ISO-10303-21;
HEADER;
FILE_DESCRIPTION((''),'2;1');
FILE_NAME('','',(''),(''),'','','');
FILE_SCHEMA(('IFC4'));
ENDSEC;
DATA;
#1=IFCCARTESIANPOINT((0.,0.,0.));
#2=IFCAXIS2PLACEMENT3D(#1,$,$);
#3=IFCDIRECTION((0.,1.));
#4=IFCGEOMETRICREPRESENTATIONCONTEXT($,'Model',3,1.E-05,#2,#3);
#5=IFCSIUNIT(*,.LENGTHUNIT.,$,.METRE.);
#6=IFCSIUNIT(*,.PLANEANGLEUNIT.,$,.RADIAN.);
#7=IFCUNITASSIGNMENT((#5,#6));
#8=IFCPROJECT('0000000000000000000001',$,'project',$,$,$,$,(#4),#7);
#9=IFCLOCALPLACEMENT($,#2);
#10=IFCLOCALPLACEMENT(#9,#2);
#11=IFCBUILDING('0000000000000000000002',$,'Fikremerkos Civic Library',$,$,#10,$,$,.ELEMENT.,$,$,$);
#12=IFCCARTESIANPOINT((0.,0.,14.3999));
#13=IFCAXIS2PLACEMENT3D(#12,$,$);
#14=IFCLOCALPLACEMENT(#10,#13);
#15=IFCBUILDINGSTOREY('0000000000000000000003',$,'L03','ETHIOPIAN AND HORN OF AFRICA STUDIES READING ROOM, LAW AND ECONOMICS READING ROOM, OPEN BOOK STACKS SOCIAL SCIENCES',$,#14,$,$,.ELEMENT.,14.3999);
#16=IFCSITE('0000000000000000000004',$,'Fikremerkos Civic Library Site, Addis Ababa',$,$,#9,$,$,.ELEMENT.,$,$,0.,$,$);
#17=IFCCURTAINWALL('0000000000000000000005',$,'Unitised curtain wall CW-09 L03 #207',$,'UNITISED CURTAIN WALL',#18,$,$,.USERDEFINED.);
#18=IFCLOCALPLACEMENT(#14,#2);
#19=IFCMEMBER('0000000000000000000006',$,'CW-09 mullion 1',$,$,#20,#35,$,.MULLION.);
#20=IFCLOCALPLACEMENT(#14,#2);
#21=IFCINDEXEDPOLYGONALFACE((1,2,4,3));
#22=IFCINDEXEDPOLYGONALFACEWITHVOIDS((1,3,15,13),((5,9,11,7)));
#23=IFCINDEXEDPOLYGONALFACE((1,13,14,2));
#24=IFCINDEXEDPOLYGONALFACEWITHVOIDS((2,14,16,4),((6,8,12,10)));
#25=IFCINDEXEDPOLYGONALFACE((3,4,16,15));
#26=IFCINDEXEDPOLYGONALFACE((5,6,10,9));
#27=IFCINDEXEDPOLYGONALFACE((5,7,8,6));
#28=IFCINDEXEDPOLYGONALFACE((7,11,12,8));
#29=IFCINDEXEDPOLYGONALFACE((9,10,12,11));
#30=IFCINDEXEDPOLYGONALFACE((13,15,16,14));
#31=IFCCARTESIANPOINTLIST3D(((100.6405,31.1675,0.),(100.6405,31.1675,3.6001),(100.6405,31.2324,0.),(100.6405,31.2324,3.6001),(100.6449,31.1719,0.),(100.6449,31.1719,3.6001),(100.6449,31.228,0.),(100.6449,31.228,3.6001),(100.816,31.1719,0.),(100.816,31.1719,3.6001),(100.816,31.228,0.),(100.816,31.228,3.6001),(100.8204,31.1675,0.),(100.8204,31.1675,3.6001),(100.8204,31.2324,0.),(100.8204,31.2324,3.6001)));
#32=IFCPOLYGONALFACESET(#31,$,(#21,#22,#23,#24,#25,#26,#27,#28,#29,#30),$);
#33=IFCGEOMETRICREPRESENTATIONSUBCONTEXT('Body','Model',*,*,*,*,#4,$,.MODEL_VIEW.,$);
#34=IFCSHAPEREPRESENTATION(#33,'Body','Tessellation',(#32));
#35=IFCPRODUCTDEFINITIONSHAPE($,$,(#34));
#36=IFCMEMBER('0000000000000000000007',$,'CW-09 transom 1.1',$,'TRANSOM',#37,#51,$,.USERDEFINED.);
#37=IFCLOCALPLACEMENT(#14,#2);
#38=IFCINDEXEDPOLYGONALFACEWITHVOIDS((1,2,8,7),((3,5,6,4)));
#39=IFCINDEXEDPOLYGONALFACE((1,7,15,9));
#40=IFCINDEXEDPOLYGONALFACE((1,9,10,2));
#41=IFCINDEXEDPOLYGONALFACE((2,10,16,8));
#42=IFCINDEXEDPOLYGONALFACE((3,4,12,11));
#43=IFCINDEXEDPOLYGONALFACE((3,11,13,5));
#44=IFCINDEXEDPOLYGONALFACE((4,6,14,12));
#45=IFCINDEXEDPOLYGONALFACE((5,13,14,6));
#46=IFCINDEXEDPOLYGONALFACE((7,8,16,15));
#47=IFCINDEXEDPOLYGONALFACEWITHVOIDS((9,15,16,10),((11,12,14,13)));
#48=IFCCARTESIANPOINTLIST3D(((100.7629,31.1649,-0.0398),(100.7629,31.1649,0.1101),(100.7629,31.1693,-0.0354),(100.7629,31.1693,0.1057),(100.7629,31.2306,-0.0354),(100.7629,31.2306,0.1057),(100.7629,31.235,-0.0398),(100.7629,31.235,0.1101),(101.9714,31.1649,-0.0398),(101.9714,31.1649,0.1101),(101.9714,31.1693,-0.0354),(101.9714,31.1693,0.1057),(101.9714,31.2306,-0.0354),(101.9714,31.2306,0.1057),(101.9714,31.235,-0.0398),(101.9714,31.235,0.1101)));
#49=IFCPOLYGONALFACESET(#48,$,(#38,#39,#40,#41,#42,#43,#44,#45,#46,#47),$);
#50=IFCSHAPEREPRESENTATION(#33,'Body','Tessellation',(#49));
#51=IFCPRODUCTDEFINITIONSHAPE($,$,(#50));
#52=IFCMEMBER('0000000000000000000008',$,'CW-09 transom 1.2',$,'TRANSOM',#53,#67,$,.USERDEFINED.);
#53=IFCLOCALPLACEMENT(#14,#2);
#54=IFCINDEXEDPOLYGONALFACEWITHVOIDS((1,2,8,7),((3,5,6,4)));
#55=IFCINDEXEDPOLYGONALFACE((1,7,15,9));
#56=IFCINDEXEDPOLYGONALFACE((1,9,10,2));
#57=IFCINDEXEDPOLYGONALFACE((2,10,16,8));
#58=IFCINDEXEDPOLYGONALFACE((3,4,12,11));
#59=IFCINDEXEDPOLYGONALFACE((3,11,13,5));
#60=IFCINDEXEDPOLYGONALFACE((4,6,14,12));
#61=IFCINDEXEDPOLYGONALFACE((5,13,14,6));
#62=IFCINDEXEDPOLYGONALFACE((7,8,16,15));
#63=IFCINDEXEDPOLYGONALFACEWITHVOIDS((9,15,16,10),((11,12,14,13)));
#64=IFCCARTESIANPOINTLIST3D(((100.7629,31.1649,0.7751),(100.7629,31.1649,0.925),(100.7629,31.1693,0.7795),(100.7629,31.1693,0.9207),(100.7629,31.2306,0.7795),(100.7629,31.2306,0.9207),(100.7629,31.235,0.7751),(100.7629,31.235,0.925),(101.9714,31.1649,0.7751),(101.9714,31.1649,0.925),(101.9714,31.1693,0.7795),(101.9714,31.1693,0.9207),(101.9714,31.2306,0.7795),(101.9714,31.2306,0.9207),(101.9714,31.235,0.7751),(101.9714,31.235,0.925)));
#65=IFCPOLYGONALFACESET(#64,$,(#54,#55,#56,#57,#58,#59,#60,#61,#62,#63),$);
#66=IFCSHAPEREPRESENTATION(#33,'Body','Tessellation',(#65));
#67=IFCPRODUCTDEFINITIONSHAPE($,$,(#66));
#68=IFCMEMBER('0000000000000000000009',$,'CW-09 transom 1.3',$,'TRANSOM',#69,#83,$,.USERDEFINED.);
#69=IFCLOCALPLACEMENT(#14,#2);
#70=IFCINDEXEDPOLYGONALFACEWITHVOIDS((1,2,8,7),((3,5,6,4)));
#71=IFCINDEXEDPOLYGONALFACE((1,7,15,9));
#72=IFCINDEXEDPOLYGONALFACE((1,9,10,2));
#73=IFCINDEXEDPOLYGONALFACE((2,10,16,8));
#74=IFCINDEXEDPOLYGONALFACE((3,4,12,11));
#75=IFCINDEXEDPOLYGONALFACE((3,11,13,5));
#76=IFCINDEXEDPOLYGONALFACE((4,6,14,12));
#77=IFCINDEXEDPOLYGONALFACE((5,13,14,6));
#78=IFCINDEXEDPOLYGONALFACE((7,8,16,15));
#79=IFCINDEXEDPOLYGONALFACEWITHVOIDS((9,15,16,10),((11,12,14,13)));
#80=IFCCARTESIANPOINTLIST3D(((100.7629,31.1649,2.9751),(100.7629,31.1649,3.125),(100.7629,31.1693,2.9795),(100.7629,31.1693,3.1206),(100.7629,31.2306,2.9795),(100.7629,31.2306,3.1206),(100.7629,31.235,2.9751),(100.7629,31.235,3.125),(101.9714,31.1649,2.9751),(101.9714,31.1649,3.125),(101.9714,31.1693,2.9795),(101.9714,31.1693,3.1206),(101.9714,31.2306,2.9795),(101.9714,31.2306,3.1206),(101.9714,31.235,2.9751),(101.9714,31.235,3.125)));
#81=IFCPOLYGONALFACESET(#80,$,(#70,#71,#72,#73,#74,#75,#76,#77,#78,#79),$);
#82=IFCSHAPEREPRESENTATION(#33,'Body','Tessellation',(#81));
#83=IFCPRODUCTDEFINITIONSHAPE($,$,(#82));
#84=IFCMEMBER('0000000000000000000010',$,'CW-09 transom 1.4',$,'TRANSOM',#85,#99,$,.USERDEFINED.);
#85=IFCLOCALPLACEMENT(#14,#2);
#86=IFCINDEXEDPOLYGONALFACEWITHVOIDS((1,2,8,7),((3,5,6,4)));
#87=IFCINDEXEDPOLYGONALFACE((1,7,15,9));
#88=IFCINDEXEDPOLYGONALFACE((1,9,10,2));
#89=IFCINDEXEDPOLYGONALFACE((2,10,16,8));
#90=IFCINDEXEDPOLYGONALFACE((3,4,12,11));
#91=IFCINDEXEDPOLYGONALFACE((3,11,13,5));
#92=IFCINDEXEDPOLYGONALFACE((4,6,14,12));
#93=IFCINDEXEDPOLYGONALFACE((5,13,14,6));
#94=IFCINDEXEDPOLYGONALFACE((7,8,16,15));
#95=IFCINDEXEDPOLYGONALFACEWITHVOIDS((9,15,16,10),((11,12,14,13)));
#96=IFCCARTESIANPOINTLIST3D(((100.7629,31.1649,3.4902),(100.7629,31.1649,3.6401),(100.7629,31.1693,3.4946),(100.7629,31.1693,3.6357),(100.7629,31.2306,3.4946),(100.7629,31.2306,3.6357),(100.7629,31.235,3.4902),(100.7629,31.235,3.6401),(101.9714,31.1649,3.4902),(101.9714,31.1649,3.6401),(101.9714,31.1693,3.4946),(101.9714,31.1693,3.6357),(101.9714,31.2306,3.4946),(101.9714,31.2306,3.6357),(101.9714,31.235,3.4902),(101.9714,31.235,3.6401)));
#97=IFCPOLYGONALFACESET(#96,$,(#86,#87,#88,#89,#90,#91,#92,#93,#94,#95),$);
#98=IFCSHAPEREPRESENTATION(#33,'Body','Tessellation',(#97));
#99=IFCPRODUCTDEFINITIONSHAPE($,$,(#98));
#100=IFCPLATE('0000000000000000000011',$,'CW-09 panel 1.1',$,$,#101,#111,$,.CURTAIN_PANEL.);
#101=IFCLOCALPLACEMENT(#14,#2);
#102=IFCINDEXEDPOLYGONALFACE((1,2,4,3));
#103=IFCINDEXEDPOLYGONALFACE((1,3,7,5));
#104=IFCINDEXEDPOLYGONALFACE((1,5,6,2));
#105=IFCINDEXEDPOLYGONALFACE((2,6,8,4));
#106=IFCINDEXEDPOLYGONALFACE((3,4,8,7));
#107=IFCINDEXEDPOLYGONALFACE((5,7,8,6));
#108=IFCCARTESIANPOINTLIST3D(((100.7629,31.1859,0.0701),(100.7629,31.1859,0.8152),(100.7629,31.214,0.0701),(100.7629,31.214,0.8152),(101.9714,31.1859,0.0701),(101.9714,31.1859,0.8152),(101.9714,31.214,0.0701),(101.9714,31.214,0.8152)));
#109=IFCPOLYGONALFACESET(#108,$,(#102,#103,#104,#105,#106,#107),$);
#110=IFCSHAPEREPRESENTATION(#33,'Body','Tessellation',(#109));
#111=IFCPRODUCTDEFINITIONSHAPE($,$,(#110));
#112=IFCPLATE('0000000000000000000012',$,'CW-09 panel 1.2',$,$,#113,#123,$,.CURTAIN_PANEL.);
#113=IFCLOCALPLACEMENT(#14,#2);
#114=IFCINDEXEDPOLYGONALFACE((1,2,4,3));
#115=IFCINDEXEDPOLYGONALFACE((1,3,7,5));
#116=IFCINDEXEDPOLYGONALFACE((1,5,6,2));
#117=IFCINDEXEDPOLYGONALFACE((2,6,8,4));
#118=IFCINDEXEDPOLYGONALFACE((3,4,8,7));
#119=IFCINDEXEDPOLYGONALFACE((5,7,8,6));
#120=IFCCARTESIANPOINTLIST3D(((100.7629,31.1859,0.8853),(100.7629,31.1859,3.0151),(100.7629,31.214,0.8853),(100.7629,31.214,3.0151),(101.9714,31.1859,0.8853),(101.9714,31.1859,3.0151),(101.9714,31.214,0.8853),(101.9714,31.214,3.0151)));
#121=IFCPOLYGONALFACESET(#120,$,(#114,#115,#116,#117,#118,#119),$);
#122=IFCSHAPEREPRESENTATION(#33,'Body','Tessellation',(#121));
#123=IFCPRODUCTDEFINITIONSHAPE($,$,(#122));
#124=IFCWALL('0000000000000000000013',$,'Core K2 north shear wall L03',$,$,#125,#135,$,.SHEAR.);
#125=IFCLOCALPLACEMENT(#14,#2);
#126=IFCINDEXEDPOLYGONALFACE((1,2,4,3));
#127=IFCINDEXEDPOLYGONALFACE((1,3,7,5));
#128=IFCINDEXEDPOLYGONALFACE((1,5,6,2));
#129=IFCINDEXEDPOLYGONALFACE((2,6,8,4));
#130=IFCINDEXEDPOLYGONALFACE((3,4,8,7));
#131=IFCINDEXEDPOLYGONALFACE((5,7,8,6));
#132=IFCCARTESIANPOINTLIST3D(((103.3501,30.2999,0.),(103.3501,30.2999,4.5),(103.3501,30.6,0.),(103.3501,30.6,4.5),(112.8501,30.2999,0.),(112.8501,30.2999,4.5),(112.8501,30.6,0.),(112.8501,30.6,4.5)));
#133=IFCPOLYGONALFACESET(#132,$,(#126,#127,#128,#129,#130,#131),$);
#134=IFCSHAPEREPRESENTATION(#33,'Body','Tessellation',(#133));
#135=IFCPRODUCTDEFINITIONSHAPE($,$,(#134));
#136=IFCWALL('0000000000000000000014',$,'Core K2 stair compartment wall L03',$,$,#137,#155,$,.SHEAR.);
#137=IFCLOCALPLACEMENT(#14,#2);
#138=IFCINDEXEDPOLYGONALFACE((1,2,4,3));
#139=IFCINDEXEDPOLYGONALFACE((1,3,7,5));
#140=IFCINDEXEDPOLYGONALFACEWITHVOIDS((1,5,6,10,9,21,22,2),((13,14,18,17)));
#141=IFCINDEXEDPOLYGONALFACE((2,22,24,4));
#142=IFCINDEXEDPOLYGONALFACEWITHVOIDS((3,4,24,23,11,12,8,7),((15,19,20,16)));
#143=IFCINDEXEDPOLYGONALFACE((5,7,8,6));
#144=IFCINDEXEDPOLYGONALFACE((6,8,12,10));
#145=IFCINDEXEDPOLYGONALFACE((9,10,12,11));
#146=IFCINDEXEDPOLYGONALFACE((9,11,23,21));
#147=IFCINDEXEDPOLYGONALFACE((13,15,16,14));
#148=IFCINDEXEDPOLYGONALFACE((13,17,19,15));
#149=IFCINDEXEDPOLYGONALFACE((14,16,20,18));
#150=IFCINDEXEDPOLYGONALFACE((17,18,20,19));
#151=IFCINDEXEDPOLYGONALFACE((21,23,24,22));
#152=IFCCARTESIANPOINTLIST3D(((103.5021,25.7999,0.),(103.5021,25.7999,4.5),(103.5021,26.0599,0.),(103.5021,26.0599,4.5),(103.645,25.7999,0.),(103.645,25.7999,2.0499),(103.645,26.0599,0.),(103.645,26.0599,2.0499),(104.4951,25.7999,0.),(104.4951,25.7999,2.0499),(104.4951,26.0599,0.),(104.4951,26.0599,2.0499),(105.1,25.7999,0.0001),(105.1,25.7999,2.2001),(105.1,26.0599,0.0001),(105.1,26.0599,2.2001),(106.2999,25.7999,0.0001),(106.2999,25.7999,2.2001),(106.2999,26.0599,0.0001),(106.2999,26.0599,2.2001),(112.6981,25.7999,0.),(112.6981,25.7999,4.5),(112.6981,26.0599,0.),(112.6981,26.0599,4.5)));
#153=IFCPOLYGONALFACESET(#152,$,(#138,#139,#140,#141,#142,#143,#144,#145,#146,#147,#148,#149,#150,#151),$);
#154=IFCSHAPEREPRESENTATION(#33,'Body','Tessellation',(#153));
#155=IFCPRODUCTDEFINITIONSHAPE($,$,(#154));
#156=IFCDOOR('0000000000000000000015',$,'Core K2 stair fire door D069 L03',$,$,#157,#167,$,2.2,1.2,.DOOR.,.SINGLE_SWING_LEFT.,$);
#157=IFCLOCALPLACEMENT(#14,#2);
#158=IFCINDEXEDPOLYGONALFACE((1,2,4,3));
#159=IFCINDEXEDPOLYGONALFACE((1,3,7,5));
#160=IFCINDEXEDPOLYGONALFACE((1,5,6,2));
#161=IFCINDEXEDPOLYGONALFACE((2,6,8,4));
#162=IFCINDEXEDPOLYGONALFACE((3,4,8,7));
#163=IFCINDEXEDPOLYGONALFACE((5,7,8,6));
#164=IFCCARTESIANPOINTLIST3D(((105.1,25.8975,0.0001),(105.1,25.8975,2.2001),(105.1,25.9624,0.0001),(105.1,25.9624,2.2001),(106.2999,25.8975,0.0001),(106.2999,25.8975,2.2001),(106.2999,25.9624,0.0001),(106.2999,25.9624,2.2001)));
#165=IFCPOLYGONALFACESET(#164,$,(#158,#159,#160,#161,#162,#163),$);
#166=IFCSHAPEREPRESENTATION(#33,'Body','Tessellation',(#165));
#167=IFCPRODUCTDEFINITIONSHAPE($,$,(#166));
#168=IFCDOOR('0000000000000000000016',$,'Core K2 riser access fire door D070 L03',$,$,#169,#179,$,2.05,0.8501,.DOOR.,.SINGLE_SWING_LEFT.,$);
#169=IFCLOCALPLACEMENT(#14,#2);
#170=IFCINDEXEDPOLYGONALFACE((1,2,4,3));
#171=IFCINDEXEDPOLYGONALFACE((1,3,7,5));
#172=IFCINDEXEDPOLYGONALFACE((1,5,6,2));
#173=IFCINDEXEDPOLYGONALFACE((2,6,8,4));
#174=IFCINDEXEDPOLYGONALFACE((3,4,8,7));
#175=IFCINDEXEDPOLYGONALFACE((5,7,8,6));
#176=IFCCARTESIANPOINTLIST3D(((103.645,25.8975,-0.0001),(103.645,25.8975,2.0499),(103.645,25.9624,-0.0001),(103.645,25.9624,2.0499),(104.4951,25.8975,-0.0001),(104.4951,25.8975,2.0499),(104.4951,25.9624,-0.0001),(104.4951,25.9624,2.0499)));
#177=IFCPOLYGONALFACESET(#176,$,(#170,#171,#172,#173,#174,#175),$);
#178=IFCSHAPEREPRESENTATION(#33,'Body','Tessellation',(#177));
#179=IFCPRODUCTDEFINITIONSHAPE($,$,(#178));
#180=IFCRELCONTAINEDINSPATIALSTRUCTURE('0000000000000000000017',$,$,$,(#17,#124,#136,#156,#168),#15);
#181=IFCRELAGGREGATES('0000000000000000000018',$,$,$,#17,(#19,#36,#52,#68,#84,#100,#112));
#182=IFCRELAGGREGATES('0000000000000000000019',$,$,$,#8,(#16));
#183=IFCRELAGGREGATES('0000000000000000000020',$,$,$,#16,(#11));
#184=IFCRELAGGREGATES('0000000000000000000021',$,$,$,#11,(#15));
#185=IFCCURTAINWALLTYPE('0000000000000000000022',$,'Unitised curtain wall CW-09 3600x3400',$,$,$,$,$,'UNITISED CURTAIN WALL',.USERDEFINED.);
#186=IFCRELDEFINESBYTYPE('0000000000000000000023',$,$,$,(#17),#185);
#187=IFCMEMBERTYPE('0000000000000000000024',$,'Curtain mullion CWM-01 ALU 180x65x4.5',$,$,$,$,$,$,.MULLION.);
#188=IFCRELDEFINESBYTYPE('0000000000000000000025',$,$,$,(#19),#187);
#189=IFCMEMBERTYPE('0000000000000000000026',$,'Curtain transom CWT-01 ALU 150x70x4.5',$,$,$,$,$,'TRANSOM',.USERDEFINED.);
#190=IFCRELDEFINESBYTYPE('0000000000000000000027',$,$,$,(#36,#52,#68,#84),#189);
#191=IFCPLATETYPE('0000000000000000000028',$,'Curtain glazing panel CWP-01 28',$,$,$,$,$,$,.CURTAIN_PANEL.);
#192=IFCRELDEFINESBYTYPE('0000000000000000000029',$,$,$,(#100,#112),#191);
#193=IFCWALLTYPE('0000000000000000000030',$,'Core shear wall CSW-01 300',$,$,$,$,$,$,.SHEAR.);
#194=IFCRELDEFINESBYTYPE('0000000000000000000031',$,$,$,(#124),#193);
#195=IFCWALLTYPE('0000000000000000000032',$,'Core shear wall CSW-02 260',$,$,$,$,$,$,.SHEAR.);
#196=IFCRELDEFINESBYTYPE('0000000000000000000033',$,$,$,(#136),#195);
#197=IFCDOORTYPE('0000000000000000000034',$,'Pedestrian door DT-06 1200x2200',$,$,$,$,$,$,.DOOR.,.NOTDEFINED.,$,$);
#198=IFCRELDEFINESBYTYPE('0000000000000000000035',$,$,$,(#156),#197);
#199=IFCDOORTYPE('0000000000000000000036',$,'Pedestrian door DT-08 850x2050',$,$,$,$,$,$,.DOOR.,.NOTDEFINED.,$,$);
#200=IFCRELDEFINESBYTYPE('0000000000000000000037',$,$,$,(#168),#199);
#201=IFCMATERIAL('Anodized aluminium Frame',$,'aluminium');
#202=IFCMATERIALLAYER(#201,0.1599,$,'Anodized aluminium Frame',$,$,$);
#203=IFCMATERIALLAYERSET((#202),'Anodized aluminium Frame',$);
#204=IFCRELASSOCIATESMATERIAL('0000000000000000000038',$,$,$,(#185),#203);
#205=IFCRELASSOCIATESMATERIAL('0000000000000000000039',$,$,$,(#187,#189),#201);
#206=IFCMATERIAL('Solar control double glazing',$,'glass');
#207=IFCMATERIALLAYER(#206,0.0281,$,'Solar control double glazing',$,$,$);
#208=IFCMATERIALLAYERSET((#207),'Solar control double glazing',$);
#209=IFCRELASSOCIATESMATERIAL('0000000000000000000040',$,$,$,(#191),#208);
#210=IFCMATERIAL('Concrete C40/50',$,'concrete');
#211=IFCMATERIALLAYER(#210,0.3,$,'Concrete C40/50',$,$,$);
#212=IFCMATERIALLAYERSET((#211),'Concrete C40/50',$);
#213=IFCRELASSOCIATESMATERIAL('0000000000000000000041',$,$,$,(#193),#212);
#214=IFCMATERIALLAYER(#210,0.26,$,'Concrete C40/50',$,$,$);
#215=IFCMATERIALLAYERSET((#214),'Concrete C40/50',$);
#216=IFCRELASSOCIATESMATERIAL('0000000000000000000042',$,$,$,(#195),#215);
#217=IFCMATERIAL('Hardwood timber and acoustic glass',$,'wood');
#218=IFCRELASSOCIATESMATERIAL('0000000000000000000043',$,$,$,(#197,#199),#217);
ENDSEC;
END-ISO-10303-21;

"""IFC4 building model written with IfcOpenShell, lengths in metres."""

from ifc_helpers import new_model, si_unit, direction, frame, frame_2d, origin, origin_2d, place, context, subcontext, project, spatial, rectangle, hollow_rectangle, extrude, material, layer, layer_set, material_profile, profile_set, type_object, element, fill, aggregate, save


model = new_model("IFC4")

# Units and contexts
model_context = context("Model", 3, precision=1e-05, world=origin(), true_north=direction((0.0, 1.0)))
body_context = subcontext(model_context, "Body", "Model", "MODEL_VIEW")
ifc_project = project(units=[si_unit("LENGTHUNIT", "METRE"), si_unit("PLANEANGLEUNIT", "RADIAN")], contexts=[model_context])

# Site, building, storey
site_placement = place(None, origin())
site = spatial("IfcSite", under=ifc_project, at=site_placement, Name="Fikremerkos Civic Library Site, Addis Ababa", CompositionType="ELEMENT", RefElevation=0.0)
building_placement = place(site_placement, origin())
building = spatial("IfcBuilding", under=site, at=building_placement, Name="Fikremerkos Civic Library", CompositionType="ELEMENT")
storey_placement = place(building_placement, frame((0.0, 0.0, 14.3999)))
storey = spatial("IfcBuildingStorey", under=building, at=storey_placement, Name="L03", Description="ETHIOPIAN AND HORN OF AFRICA STUDIES READING ROOM, LAW AND ECONOMICS READING ROOM, OPEN BOOK STACKS SOCIAL SCIENCES", CompositionType="ELEMENT", Elevation=14.3999)

# Curtain wall, members, plates
ifc_material_1 = material(Name="Anodized aluminium Frame", Category="aluminium")
ifc_layer_1 = layer(ifc_material_1, 0.1599, Name="Anodized aluminium Frame")
ifc_layer_set_1 = layer_set([ifc_layer_1], Name="Anodized aluminium Frame")
curtain_wall_type = type_object("IfcCurtainWallType", Name="Unitised curtain wall CW-09 3600x3400", ElementType="UNITISED CURTAIN WALL", PredefinedType="USERDEFINED", material=ifc_layer_set_1)
curtain_wall_placement = place(storey_placement, origin())
curtain_wall = element("IfcCurtainWall", 1, at=curtain_wall_placement, inside=storey, type_object=curtain_wall_type, Name="Unitised curtain wall CW-09 L03 #207", ObjectType="UNITISED CURTAIN WALL", PredefinedType="USERDEFINED")
ifc_material_profile_1 = material_profile(ifc_material_1, hollow_rectangle(XDim=0.0649, YDim=0.1799, WallThickness=0.0044, at=origin_2d()), Name="ALU 180x65x4.5")
ifc_profile_set_1 = profile_set([ifc_material_profile_1], Name="Anodized aluminium Frame")
member_type_1 = type_object("IfcMemberType", Name="Curtain mullion CWM-01 ALU 180x65x4.5", PredefinedType="MULLION", material=ifc_profile_set_1)
member_1_placement = place(storey_placement, frame((100.7305, 31.2, 0.0), z_axis=(0.0, 0.0, 1.0), x_axis=(0.0, 1.0, 0.0)))
member_1 = element("IfcMember", 2, at=member_1_placement, type_object=member_type_1, Name="CW-09 mullion 1", PredefinedType="MULLION", context=body_context, shape_type="SweptSolid", body=[
    extrude(hollow_rectangle(XDim=0.0649, YDim=0.1799, WallThickness=0.0044, at=origin_2d()), origin(), (0.0, 0.0, 1.0), 3.6001),
])
ifc_material_profile_2 = material_profile(ifc_material_1, hollow_rectangle(XDim=0.0701, YDim=0.1499, WallThickness=0.0044, at=origin_2d()), Name="ALU 150x70x4.5")
ifc_profile_set_2 = profile_set([ifc_material_profile_2], Name="Anodized aluminium Frame")
member_type_2 = type_object("IfcMemberType", Name="Curtain transom CWT-01 ALU 150x70x4.5", ElementType="TRANSOM", PredefinedType="USERDEFINED", material=ifc_profile_set_2)
member_2_placement = place(storey_placement, frame((100.7629, 31.2, 0.0352), z_axis=(1.0, 0.0, 0.0), x_axis=(0.0, 1.0, 0.0)))
member_2 = element("IfcMember", 3, at=member_2_placement, type_object=member_type_2, Name="CW-09 transom 1.1", ObjectType="TRANSOM", PredefinedType="USERDEFINED", context=body_context, shape_type="SweptSolid", body=[
    extrude(hollow_rectangle(XDim=0.0701, YDim=0.1499, WallThickness=0.0044, at=origin_2d()), origin(), (0.0, 0.0, 1.0), 1.2085),
])
member_3_placement = place(storey_placement, frame((100.7629, 31.2, 0.8501), z_axis=(1.0, 0.0, 0.0), x_axis=(0.0, 1.0, 0.0)))
member_3 = element("IfcMember", 4, at=member_3_placement, type_object=member_type_2, Name="CW-09 transom 1.2", ObjectType="TRANSOM", PredefinedType="USERDEFINED", context=body_context, shape_type="SweptSolid", body=[
    extrude(hollow_rectangle(XDim=0.0701, YDim=0.1499, WallThickness=0.0044, at=origin_2d()), origin(), (0.0, 0.0, 1.0), 1.2085),
])
member_4_placement = place(storey_placement, frame((100.7629, 31.2, 3.05), z_axis=(1.0, 0.0, 0.0), x_axis=(0.0, 1.0, 0.0)))
member_4 = element("IfcMember", 5, at=member_4_placement, type_object=member_type_2, Name="CW-09 transom 1.3", ObjectType="TRANSOM", PredefinedType="USERDEFINED", context=body_context, shape_type="SweptSolid", body=[
    extrude(hollow_rectangle(XDim=0.0701, YDim=0.1499, WallThickness=0.0044, at=origin_2d()), origin(), (0.0, 0.0, 1.0), 1.2085),
])
member_5_placement = place(storey_placement, frame((100.7629, 31.2, 3.5652), z_axis=(1.0, 0.0, 0.0), x_axis=(0.0, 1.0, 0.0)))
member_5 = element("IfcMember", 6, at=member_5_placement, type_object=member_type_2, Name="CW-09 transom 1.4", ObjectType="TRANSOM", PredefinedType="USERDEFINED", context=body_context, shape_type="SweptSolid", body=[
    extrude(hollow_rectangle(XDim=0.0701, YDim=0.1499, WallThickness=0.0044, at=origin_2d()), origin(), (0.0, 0.0, 1.0), 1.2085),
])
ifc_material_2 = material(Name="Solar control double glazing", Category="glass")
ifc_layer_2 = layer(ifc_material_2, 0.0281, Name="Solar control double glazing")
ifc_layer_set_2 = layer_set([ifc_layer_2], Name="Solar control double glazing")
plate_type = type_object("IfcPlateType", Name="Curtain glazing panel CWP-01 28", PredefinedType="CURTAIN_PANEL", material=ifc_layer_set_2)
plate_1_placement = place(storey_placement, frame((101.3672, 31.2, 0.0701), z_axis=(0.0, 0.0, 1.0), x_axis=(1.0, 0.0, 0.0)))
plate_1 = element("IfcPlate", 7, at=plate_1_placement, type_object=plate_type, Name="CW-09 panel 1.1", PredefinedType="CURTAIN_PANEL", context=body_context, shape_type="SweptSolid", body=[
    extrude(rectangle(XDim=1.2085, YDim=0.0281, at=origin_2d()), origin(), (0.0, 0.0, 1.0), 0.7451),
])
plate_2_placement = place(storey_placement, frame((101.3672, 31.2, 0.8853), z_axis=(0.0, 0.0, 1.0), x_axis=(1.0, 0.0, 0.0)))
plate_2 = element("IfcPlate", 8, at=plate_2_placement, type_object=plate_type, Name="CW-09 panel 1.2", PredefinedType="CURTAIN_PANEL", context=body_context, shape_type="SweptSolid", body=[
    extrude(rectangle(XDim=1.2085, YDim=0.0281, at=origin_2d()), origin(), (0.0, 0.0, 1.0), 2.1299),
])
aggregate(curtain_wall, [member_1, member_2, member_3, member_4, member_5, plate_1, plate_2])

# Wall
ifc_material_3 = material(Name="Concrete C40/50", Category="concrete")
ifc_layer_3 = layer(ifc_material_3, 0.3, Name="Concrete C40/50")
ifc_layer_set_3 = layer_set([ifc_layer_3], Name="Concrete C40/50")
wall_type_1 = type_object("IfcWallType", Name="Core shear wall CSW-01 300", PredefinedType="SHEAR", material=ifc_layer_set_3)
wall_1_placement = place(storey_placement, frame((103.3501, 30.45, 0.0), z_axis=(0.0, 0.0, 1.0), x_axis=(1.0, 0.0, 0.0)))
element("IfcWall", 9, at=wall_1_placement, inside=storey, type_object=wall_type_1, Name="Core K2 north shear wall L03", PredefinedType="SHEAR", context=body_context, shape_type="SweptSolid", body=[
    extrude(rectangle(XDim=9.5, YDim=0.3, at=frame_2d((4.75, 0.0))), origin(), (0.0, 0.0, 1.0), 4.5),
])

# Wall, openings, doors
ifc_layer_4 = layer(ifc_material_3, 0.26, Name="Concrete C40/50")
ifc_layer_set_4 = layer_set([ifc_layer_4], Name="Concrete C40/50")
wall_type_2 = type_object("IfcWallType", Name="Core shear wall CSW-02 260", PredefinedType="SHEAR", material=ifc_layer_set_4)
wall_2_placement = place(storey_placement, frame((103.502, 25.9299, 0.0), z_axis=(0.0, 0.0, 1.0), x_axis=(1.0, 0.0, 0.0)))
wall_2 = element("IfcWall", 10, at=wall_2_placement, inside=storey, type_object=wall_type_2, Name="Core K2 stair compartment wall L03", PredefinedType="SHEAR", context=body_context, shape_type="SweptSolid", body=[
    extrude(rectangle(XDim=9.196, YDim=0.26, at=frame_2d((4.5981, 0.0))), origin(), (0.0, 0.0, 1.0), 4.5),
])
opening_1_placement = place(wall_2_placement, frame((1.5979, 0.0, 0.0)))
opening_1 = element("IfcOpeningElement", 11, at=opening_1_placement, cuts=wall_2, PredefinedType="OPENING", context=body_context, shape_type="SweptSolid", body=[
    extrude(rectangle(XDim=1.2, YDim=2.2, at=frame_2d((0.6001, 1.1001))), frame((0.0, 0.1399, 0.0), z_axis=(0.0, -1.0, 0.0), x_axis=(1.0, 0.0, 0.0)), (0.0, 0.0, 1.0), 0.28),
])
opening_2_placement = place(wall_2_placement, frame((0.1431, 0.0, 0.0)))
opening_2 = element("IfcOpeningElement", 12, at=opening_2_placement, cuts=wall_2, PredefinedType="OPENING", context=body_context, shape_type="SweptSolid", body=[
    extrude(rectangle(XDim=0.8501, YDim=2.05, at=frame_2d((0.425, 1.0249))), frame((0.0, 0.1399, 0.0), z_axis=(0.0, -1.0, 0.0), x_axis=(1.0, 0.0, 0.0)), (0.0, 0.0, 1.0), 0.28),
])
ifc_material_4 = material(Name="Hardwood timber and acoustic glass", Category="wood")
door_type_1 = type_object("IfcDoorType", Name="Pedestrian door DT-06 1200x2200", OperationType="NOTDEFINED", PredefinedType="DOOR", material=ifc_material_4)
door_1_placement = place(opening_1_placement, origin())
door_1 = element("IfcDoor", 13, at=door_1_placement, inside=storey, type_object=door_type_1, Name="Core K2 stair fire door D069 L03", OperationType="SINGLE_SWING_LEFT", OverallHeight=2.2, OverallWidth=1.2, PredefinedType="DOOR", context=body_context, shape_type="SweptSolid", body=[
    extrude(rectangle(XDim=1.2, YDim=2.2, at=frame_2d((0.6001, 1.1001))), frame((0.0, 0.0325, 0.0), z_axis=(0.0, -1.0, 0.0), x_axis=(1.0, 0.0, 0.0)), (0.0, 0.0, 1.0), 0.0649),
])
fill(opening_1, door_1)
door_type_2 = type_object("IfcDoorType", Name="Pedestrian door DT-08 850x2050", OperationType="NOTDEFINED", PredefinedType="DOOR", material=ifc_material_4)
door_2_placement = place(opening_2_placement, origin())
door_2 = element("IfcDoor", 14, at=door_2_placement, inside=storey, type_object=door_type_2, Name="Core K2 riser access fire door D070 L03", OperationType="SINGLE_SWING_LEFT", OverallHeight=2.05, OverallWidth=0.8501, PredefinedType="DOOR", context=body_context, shape_type="SweptSolid", body=[
    extrude(rectangle(XDim=0.8501, YDim=2.05, at=frame_2d((0.425, 1.0249))), frame((0.0, 0.0325, 0.0), z_axis=(0.0, -1.0, 0.0), x_axis=(1.0, 0.0, 0.0)), (0.0, 0.0, 1.0), 0.0649),
])
fill(opening_2, door_2)

save(model, "model.ifc")
